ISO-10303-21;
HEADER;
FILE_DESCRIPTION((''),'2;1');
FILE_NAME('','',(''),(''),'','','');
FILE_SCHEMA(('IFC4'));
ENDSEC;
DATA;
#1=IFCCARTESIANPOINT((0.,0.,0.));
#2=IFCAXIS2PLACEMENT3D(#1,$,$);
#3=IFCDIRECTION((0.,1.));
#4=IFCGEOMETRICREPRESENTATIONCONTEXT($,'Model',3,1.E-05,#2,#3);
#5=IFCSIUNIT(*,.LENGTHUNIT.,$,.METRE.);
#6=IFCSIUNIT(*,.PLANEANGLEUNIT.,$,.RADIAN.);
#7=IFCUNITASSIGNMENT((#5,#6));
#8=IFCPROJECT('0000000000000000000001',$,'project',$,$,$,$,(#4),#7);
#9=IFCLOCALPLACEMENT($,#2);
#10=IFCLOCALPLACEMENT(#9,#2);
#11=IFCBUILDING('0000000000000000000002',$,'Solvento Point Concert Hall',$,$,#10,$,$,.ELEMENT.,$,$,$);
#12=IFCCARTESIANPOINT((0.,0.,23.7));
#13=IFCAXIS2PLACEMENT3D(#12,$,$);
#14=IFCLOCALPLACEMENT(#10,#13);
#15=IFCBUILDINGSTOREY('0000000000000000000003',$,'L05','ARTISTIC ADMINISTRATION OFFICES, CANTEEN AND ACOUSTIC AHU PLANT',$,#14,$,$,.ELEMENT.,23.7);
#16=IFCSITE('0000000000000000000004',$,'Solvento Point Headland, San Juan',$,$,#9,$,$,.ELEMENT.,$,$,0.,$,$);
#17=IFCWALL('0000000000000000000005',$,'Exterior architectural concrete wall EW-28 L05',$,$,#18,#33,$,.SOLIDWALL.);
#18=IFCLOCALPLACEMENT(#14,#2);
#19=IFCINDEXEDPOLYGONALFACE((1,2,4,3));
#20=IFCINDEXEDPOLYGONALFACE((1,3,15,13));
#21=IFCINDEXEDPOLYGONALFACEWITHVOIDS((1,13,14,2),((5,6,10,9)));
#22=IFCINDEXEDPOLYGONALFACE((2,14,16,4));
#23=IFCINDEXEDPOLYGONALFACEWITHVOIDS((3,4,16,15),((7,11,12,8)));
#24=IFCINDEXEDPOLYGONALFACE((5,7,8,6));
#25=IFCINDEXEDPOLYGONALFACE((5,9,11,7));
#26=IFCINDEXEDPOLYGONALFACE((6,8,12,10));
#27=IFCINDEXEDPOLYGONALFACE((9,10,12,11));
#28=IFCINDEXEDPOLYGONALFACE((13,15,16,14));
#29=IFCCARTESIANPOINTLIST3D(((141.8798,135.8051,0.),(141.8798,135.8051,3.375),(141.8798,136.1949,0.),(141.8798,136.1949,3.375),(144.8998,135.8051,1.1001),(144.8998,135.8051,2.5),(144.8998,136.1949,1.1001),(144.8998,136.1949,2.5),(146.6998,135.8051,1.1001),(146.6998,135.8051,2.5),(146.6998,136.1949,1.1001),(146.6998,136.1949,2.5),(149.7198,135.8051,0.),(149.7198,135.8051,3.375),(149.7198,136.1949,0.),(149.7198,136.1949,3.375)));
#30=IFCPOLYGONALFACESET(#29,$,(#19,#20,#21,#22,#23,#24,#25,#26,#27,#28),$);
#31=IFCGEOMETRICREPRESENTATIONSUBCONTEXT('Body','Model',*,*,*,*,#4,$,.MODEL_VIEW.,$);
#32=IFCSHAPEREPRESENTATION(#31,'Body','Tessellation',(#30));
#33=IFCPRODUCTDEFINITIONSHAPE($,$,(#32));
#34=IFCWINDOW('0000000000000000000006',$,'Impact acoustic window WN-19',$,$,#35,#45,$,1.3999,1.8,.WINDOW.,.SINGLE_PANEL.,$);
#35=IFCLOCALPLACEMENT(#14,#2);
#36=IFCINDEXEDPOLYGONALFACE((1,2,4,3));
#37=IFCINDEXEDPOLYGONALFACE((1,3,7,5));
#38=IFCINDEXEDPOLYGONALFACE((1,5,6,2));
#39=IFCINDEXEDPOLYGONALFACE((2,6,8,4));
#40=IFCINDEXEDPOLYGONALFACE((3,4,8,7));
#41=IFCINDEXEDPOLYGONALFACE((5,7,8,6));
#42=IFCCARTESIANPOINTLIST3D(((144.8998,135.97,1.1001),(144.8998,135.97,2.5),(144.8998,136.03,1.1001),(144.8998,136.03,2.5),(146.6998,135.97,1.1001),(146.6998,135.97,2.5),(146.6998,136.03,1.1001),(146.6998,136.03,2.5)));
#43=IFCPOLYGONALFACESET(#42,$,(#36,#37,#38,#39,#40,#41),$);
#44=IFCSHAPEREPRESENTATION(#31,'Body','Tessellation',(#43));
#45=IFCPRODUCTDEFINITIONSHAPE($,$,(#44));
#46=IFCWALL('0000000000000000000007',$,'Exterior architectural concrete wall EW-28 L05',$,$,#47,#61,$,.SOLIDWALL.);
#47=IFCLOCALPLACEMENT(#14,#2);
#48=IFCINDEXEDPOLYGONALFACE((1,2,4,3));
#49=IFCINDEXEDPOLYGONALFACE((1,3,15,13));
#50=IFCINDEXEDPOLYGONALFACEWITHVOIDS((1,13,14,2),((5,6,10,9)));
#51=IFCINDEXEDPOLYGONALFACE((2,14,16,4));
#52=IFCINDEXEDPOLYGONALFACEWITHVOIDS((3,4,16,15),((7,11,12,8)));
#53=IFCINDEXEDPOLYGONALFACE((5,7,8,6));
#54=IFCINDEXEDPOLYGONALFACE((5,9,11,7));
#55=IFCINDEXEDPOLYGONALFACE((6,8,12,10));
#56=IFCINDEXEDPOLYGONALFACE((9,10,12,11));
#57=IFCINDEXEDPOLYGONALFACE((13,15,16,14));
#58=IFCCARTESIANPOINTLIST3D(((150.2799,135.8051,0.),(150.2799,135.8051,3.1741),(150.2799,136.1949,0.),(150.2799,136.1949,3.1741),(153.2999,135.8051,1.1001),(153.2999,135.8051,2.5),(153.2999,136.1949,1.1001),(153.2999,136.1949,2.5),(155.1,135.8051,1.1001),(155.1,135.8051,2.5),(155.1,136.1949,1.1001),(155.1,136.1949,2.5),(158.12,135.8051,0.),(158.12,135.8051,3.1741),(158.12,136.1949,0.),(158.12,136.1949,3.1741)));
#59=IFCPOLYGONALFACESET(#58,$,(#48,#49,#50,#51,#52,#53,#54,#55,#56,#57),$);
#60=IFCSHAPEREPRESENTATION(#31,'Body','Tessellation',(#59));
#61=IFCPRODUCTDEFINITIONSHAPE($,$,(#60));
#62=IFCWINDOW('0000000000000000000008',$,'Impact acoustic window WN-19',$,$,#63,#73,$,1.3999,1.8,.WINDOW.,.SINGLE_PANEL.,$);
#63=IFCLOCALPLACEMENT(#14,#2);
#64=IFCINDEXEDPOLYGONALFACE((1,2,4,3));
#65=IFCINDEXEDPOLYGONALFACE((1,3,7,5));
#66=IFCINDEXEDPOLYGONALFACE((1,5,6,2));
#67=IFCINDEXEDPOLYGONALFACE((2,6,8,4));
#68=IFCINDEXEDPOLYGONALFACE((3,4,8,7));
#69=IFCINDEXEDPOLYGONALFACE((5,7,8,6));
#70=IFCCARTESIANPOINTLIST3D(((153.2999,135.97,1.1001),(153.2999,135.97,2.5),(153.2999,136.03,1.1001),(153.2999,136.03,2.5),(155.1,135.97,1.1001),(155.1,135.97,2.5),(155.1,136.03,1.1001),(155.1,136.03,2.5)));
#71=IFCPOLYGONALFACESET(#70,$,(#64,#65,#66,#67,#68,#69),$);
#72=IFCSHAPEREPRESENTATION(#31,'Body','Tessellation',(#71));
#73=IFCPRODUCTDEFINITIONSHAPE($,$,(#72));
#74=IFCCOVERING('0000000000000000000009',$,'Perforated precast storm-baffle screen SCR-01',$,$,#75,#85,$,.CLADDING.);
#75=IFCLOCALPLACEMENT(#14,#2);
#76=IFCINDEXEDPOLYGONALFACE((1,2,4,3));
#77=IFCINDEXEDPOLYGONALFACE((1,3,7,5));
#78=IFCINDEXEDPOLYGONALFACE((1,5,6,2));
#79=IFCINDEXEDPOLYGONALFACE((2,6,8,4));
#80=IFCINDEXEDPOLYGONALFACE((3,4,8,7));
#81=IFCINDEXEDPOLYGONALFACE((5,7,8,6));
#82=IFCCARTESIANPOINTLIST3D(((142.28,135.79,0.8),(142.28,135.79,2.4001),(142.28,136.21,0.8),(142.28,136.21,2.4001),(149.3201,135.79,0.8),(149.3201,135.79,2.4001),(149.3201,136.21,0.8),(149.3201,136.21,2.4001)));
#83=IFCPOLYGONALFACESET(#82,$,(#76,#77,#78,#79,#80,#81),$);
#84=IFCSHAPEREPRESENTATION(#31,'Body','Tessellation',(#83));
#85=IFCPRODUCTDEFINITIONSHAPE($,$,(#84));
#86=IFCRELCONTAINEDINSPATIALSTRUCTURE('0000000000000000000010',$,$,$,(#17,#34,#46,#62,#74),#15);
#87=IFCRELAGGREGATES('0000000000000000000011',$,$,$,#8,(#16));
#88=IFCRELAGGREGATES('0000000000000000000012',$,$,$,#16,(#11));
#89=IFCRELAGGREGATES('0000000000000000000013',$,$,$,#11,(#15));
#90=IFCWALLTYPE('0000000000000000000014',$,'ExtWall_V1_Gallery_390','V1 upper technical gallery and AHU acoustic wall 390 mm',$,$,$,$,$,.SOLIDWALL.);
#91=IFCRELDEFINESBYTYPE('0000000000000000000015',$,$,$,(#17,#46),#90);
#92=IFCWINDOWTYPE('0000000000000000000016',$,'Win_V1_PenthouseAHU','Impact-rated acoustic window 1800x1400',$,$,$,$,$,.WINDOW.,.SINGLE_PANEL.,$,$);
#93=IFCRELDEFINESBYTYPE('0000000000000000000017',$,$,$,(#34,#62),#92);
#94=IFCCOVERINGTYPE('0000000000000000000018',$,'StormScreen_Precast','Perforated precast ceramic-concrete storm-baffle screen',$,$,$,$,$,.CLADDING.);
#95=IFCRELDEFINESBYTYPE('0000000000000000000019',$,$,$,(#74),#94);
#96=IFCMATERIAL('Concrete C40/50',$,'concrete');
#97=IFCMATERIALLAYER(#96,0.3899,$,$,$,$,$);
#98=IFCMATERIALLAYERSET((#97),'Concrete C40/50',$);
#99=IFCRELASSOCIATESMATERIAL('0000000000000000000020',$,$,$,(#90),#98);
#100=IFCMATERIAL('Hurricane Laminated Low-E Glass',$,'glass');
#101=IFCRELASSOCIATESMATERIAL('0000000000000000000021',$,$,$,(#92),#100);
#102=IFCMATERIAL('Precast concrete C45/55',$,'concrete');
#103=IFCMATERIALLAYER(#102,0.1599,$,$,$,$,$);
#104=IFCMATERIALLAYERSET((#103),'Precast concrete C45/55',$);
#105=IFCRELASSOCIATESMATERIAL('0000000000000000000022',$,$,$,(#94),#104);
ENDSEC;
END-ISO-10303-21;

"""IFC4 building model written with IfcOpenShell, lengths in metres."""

from ifc_helpers import new_model, si_unit, direction, frame, frame_2d, origin, origin_2d, place, context, subcontext, project, spatial, rectangle, extrude, material, layer, layer_set, type_object, element, fill, save


model = new_model("IFC4")

# Units and contexts
model_context = context("Model", 3, precision=1e-05, world=origin(), true_north=direction((0.0, 1.0)))
body_context = subcontext(model_context, "Body", "Model", "MODEL_VIEW")
ifc_project = project(units=[si_unit("LENGTHUNIT", "METRE"), si_unit("PLANEANGLEUNIT", "RADIAN")], contexts=[model_context])

# Site, building, storey
site_placement = place(None, origin())
site = spatial("IfcSite", under=ifc_project, at=site_placement, Name="Solvento Point Headland, San Juan", CompositionType="ELEMENT", RefElevation=0.0)
building_placement = place(site_placement, origin())
building = spatial("IfcBuilding", under=site, at=building_placement, Name="Solvento Point Concert Hall", CompositionType="ELEMENT")
storey_placement = place(building_placement, frame((0.0, 0.0, 23.7)))
storey = spatial("IfcBuildingStorey", under=building, at=storey_placement, Name="L05", Description="ARTISTIC ADMINISTRATION OFFICES, CANTEEN AND ACOUSTIC AHU PLANT", CompositionType="ELEMENT", Elevation=23.7)

# Walls, openings, windows
ifc_material_1 = material(Name="Concrete C40/50", Category="concrete")
ifc_layer_1 = layer(ifc_material_1, 0.3899)
ifc_layer_set_1 = layer_set([ifc_layer_1], Name="Concrete C40/50")
wall_type_1 = type_object("IfcWallType", Name="ExtWall_V1_Gallery_390", Description="V1 upper technical gallery and AHU acoustic wall 390 mm", PredefinedType="SOLIDWALL", material=ifc_layer_set_1)
ifc_material_2 = material(Name="Hurricane Laminated Low-E Glass", Category="glass")
window_type = type_object("IfcWindowType", Name="Win_V1_PenthouseAHU", Description="Impact-rated acoustic window 1800x1400", PartitioningType="SINGLE_PANEL", PredefinedType="WINDOW", material=ifc_material_2)
wall_1_placement = place(storey_placement, frame((141.8799, 136.0, 0.0), z_axis=(0.0, 0.0, 1.0), x_axis=(1.0, 0.0, 0.0)))
wall_1 = element("IfcWall", 1, at=wall_1_placement, inside=storey, type_object=wall_type_1, Name="Exterior architectural concrete wall EW-28 L05", PredefinedType="SOLIDWALL", context=body_context, shape_type="SweptSolid", body=[
    extrude(rectangle(XDim=7.8401, YDim=0.3899, at=frame_2d((3.9199, 0.0))), origin(), (0.0, 0.0, 1.0), 3.375),
])
opening_1_placement = place(wall_1_placement, frame((3.02, 0.0, 1.1001)))
opening_1 = element("IfcOpeningElement", 2, at=opening_1_placement, cuts=wall_1, PredefinedType="OPENING", context=body_context, shape_type="SweptSolid", body=[
    extrude(rectangle(XDim=1.8, YDim=1.3999, at=frame_2d((0.8999, 0.7))), frame((0.0, 0.2048, 0.0), z_axis=(0.0, -1.0, 0.0), x_axis=(1.0, 0.0, 0.0)), (0.0, 0.0, 1.0), 0.4099),
])
window_1_placement = place(opening_1_placement, origin())
window_1 = element("IfcWindow", 3, at=window_1_placement, inside=storey, type_object=window_type, Name="Impact acoustic window WN-19", OverallHeight=1.3999, OverallWidth=1.8, PartitioningType="SINGLE_PANEL", PredefinedType="WINDOW", context=body_context, shape_type="SweptSolid", body=[
    extrude(rectangle(XDim=1.8, YDim=1.3999, at=frame_2d((0.8999, 0.7))), frame((0.0, 0.03, 0.0), z_axis=(0.0, -1.0, 0.0), x_axis=(1.0, 0.0, 0.0)), (0.0, 0.0, 1.0), 0.0601),
])
fill(opening_1, window_1)
wall_2_placement = place(storey_placement, frame((150.28, 136.0, 0.0), z_axis=(0.0, 0.0, 1.0), x_axis=(1.0, 0.0, 0.0)))
wall_2 = element("IfcWall", 4, at=wall_2_placement, inside=storey, type_object=wall_type_1, Name="Exterior architectural concrete wall EW-28 L05", PredefinedType="SOLIDWALL", context=body_context, shape_type="SweptSolid", body=[
    extrude(rectangle(XDim=7.8401, YDim=0.3899, at=frame_2d((3.9199, 0.0))), origin(), (0.0, 0.0, 1.0), 3.1741),
])
opening_2_placement = place(wall_2_placement, frame((3.02, 0.0, 1.1001)))
opening_2 = element("IfcOpeningElement", 5, at=opening_2_placement, cuts=wall_2, PredefinedType="OPENING", context=body_context, shape_type="SweptSolid", body=[
    extrude(rectangle(XDim=1.8, YDim=1.3999, at=frame_2d((0.8999, 0.7))), frame((0.0, 0.2048, 0.0), z_axis=(0.0, -1.0, 0.0), x_axis=(1.0, 0.0, 0.0)), (0.0, 0.0, 1.0), 0.4099),
])
window_2_placement = place(opening_2_placement, origin())
window_2 = element("IfcWindow", 6, at=window_2_placement, inside=storey, type_object=window_type, Name="Impact acoustic window WN-19", OverallHeight=1.3999, OverallWidth=1.8, PartitioningType="SINGLE_PANEL", PredefinedType="WINDOW", context=body_context, shape_type="SweptSolid", body=[
    extrude(rectangle(XDim=1.8, YDim=1.3999, at=frame_2d((0.8999, 0.7))), frame((0.0, 0.03, 0.0), z_axis=(0.0, -1.0, 0.0), x_axis=(1.0, 0.0, 0.0)), (0.0, 0.0, 1.0), 0.0601),
])
fill(opening_2, window_2)

# Covering
ifc_material_3 = material(Name="Precast concrete C45/55", Category="concrete")
ifc_layer_2 = layer(ifc_material_3, 0.1599)
ifc_layer_set_2 = layer_set([ifc_layer_2], Name="Precast concrete C45/55")
covering_type = type_object("IfcCoveringType", Name="StormScreen_Precast", Description="Perforated precast ceramic-concrete storm-baffle screen", PredefinedType="CLADDING", material=ifc_layer_set_2)
covering_placement = place(storey_placement, frame((145.8, 136.0, 0.8), z_axis=(0.0, 0.0, 1.0), x_axis=(1.0, 0.0, 0.0)))
element("IfcCovering", 7, at=covering_placement, inside=storey, type_object=covering_type, Name="Perforated precast storm-baffle screen SCR-01", PredefinedType="CLADDING", context=body_context, shape_type="SweptSolid", body=[
    extrude(rectangle(XDim=7.04, YDim=0.4199, at=origin_2d()), origin(), (0.0, 0.0, 1.0), 1.6001),
])

save(model, "model.ifc")
